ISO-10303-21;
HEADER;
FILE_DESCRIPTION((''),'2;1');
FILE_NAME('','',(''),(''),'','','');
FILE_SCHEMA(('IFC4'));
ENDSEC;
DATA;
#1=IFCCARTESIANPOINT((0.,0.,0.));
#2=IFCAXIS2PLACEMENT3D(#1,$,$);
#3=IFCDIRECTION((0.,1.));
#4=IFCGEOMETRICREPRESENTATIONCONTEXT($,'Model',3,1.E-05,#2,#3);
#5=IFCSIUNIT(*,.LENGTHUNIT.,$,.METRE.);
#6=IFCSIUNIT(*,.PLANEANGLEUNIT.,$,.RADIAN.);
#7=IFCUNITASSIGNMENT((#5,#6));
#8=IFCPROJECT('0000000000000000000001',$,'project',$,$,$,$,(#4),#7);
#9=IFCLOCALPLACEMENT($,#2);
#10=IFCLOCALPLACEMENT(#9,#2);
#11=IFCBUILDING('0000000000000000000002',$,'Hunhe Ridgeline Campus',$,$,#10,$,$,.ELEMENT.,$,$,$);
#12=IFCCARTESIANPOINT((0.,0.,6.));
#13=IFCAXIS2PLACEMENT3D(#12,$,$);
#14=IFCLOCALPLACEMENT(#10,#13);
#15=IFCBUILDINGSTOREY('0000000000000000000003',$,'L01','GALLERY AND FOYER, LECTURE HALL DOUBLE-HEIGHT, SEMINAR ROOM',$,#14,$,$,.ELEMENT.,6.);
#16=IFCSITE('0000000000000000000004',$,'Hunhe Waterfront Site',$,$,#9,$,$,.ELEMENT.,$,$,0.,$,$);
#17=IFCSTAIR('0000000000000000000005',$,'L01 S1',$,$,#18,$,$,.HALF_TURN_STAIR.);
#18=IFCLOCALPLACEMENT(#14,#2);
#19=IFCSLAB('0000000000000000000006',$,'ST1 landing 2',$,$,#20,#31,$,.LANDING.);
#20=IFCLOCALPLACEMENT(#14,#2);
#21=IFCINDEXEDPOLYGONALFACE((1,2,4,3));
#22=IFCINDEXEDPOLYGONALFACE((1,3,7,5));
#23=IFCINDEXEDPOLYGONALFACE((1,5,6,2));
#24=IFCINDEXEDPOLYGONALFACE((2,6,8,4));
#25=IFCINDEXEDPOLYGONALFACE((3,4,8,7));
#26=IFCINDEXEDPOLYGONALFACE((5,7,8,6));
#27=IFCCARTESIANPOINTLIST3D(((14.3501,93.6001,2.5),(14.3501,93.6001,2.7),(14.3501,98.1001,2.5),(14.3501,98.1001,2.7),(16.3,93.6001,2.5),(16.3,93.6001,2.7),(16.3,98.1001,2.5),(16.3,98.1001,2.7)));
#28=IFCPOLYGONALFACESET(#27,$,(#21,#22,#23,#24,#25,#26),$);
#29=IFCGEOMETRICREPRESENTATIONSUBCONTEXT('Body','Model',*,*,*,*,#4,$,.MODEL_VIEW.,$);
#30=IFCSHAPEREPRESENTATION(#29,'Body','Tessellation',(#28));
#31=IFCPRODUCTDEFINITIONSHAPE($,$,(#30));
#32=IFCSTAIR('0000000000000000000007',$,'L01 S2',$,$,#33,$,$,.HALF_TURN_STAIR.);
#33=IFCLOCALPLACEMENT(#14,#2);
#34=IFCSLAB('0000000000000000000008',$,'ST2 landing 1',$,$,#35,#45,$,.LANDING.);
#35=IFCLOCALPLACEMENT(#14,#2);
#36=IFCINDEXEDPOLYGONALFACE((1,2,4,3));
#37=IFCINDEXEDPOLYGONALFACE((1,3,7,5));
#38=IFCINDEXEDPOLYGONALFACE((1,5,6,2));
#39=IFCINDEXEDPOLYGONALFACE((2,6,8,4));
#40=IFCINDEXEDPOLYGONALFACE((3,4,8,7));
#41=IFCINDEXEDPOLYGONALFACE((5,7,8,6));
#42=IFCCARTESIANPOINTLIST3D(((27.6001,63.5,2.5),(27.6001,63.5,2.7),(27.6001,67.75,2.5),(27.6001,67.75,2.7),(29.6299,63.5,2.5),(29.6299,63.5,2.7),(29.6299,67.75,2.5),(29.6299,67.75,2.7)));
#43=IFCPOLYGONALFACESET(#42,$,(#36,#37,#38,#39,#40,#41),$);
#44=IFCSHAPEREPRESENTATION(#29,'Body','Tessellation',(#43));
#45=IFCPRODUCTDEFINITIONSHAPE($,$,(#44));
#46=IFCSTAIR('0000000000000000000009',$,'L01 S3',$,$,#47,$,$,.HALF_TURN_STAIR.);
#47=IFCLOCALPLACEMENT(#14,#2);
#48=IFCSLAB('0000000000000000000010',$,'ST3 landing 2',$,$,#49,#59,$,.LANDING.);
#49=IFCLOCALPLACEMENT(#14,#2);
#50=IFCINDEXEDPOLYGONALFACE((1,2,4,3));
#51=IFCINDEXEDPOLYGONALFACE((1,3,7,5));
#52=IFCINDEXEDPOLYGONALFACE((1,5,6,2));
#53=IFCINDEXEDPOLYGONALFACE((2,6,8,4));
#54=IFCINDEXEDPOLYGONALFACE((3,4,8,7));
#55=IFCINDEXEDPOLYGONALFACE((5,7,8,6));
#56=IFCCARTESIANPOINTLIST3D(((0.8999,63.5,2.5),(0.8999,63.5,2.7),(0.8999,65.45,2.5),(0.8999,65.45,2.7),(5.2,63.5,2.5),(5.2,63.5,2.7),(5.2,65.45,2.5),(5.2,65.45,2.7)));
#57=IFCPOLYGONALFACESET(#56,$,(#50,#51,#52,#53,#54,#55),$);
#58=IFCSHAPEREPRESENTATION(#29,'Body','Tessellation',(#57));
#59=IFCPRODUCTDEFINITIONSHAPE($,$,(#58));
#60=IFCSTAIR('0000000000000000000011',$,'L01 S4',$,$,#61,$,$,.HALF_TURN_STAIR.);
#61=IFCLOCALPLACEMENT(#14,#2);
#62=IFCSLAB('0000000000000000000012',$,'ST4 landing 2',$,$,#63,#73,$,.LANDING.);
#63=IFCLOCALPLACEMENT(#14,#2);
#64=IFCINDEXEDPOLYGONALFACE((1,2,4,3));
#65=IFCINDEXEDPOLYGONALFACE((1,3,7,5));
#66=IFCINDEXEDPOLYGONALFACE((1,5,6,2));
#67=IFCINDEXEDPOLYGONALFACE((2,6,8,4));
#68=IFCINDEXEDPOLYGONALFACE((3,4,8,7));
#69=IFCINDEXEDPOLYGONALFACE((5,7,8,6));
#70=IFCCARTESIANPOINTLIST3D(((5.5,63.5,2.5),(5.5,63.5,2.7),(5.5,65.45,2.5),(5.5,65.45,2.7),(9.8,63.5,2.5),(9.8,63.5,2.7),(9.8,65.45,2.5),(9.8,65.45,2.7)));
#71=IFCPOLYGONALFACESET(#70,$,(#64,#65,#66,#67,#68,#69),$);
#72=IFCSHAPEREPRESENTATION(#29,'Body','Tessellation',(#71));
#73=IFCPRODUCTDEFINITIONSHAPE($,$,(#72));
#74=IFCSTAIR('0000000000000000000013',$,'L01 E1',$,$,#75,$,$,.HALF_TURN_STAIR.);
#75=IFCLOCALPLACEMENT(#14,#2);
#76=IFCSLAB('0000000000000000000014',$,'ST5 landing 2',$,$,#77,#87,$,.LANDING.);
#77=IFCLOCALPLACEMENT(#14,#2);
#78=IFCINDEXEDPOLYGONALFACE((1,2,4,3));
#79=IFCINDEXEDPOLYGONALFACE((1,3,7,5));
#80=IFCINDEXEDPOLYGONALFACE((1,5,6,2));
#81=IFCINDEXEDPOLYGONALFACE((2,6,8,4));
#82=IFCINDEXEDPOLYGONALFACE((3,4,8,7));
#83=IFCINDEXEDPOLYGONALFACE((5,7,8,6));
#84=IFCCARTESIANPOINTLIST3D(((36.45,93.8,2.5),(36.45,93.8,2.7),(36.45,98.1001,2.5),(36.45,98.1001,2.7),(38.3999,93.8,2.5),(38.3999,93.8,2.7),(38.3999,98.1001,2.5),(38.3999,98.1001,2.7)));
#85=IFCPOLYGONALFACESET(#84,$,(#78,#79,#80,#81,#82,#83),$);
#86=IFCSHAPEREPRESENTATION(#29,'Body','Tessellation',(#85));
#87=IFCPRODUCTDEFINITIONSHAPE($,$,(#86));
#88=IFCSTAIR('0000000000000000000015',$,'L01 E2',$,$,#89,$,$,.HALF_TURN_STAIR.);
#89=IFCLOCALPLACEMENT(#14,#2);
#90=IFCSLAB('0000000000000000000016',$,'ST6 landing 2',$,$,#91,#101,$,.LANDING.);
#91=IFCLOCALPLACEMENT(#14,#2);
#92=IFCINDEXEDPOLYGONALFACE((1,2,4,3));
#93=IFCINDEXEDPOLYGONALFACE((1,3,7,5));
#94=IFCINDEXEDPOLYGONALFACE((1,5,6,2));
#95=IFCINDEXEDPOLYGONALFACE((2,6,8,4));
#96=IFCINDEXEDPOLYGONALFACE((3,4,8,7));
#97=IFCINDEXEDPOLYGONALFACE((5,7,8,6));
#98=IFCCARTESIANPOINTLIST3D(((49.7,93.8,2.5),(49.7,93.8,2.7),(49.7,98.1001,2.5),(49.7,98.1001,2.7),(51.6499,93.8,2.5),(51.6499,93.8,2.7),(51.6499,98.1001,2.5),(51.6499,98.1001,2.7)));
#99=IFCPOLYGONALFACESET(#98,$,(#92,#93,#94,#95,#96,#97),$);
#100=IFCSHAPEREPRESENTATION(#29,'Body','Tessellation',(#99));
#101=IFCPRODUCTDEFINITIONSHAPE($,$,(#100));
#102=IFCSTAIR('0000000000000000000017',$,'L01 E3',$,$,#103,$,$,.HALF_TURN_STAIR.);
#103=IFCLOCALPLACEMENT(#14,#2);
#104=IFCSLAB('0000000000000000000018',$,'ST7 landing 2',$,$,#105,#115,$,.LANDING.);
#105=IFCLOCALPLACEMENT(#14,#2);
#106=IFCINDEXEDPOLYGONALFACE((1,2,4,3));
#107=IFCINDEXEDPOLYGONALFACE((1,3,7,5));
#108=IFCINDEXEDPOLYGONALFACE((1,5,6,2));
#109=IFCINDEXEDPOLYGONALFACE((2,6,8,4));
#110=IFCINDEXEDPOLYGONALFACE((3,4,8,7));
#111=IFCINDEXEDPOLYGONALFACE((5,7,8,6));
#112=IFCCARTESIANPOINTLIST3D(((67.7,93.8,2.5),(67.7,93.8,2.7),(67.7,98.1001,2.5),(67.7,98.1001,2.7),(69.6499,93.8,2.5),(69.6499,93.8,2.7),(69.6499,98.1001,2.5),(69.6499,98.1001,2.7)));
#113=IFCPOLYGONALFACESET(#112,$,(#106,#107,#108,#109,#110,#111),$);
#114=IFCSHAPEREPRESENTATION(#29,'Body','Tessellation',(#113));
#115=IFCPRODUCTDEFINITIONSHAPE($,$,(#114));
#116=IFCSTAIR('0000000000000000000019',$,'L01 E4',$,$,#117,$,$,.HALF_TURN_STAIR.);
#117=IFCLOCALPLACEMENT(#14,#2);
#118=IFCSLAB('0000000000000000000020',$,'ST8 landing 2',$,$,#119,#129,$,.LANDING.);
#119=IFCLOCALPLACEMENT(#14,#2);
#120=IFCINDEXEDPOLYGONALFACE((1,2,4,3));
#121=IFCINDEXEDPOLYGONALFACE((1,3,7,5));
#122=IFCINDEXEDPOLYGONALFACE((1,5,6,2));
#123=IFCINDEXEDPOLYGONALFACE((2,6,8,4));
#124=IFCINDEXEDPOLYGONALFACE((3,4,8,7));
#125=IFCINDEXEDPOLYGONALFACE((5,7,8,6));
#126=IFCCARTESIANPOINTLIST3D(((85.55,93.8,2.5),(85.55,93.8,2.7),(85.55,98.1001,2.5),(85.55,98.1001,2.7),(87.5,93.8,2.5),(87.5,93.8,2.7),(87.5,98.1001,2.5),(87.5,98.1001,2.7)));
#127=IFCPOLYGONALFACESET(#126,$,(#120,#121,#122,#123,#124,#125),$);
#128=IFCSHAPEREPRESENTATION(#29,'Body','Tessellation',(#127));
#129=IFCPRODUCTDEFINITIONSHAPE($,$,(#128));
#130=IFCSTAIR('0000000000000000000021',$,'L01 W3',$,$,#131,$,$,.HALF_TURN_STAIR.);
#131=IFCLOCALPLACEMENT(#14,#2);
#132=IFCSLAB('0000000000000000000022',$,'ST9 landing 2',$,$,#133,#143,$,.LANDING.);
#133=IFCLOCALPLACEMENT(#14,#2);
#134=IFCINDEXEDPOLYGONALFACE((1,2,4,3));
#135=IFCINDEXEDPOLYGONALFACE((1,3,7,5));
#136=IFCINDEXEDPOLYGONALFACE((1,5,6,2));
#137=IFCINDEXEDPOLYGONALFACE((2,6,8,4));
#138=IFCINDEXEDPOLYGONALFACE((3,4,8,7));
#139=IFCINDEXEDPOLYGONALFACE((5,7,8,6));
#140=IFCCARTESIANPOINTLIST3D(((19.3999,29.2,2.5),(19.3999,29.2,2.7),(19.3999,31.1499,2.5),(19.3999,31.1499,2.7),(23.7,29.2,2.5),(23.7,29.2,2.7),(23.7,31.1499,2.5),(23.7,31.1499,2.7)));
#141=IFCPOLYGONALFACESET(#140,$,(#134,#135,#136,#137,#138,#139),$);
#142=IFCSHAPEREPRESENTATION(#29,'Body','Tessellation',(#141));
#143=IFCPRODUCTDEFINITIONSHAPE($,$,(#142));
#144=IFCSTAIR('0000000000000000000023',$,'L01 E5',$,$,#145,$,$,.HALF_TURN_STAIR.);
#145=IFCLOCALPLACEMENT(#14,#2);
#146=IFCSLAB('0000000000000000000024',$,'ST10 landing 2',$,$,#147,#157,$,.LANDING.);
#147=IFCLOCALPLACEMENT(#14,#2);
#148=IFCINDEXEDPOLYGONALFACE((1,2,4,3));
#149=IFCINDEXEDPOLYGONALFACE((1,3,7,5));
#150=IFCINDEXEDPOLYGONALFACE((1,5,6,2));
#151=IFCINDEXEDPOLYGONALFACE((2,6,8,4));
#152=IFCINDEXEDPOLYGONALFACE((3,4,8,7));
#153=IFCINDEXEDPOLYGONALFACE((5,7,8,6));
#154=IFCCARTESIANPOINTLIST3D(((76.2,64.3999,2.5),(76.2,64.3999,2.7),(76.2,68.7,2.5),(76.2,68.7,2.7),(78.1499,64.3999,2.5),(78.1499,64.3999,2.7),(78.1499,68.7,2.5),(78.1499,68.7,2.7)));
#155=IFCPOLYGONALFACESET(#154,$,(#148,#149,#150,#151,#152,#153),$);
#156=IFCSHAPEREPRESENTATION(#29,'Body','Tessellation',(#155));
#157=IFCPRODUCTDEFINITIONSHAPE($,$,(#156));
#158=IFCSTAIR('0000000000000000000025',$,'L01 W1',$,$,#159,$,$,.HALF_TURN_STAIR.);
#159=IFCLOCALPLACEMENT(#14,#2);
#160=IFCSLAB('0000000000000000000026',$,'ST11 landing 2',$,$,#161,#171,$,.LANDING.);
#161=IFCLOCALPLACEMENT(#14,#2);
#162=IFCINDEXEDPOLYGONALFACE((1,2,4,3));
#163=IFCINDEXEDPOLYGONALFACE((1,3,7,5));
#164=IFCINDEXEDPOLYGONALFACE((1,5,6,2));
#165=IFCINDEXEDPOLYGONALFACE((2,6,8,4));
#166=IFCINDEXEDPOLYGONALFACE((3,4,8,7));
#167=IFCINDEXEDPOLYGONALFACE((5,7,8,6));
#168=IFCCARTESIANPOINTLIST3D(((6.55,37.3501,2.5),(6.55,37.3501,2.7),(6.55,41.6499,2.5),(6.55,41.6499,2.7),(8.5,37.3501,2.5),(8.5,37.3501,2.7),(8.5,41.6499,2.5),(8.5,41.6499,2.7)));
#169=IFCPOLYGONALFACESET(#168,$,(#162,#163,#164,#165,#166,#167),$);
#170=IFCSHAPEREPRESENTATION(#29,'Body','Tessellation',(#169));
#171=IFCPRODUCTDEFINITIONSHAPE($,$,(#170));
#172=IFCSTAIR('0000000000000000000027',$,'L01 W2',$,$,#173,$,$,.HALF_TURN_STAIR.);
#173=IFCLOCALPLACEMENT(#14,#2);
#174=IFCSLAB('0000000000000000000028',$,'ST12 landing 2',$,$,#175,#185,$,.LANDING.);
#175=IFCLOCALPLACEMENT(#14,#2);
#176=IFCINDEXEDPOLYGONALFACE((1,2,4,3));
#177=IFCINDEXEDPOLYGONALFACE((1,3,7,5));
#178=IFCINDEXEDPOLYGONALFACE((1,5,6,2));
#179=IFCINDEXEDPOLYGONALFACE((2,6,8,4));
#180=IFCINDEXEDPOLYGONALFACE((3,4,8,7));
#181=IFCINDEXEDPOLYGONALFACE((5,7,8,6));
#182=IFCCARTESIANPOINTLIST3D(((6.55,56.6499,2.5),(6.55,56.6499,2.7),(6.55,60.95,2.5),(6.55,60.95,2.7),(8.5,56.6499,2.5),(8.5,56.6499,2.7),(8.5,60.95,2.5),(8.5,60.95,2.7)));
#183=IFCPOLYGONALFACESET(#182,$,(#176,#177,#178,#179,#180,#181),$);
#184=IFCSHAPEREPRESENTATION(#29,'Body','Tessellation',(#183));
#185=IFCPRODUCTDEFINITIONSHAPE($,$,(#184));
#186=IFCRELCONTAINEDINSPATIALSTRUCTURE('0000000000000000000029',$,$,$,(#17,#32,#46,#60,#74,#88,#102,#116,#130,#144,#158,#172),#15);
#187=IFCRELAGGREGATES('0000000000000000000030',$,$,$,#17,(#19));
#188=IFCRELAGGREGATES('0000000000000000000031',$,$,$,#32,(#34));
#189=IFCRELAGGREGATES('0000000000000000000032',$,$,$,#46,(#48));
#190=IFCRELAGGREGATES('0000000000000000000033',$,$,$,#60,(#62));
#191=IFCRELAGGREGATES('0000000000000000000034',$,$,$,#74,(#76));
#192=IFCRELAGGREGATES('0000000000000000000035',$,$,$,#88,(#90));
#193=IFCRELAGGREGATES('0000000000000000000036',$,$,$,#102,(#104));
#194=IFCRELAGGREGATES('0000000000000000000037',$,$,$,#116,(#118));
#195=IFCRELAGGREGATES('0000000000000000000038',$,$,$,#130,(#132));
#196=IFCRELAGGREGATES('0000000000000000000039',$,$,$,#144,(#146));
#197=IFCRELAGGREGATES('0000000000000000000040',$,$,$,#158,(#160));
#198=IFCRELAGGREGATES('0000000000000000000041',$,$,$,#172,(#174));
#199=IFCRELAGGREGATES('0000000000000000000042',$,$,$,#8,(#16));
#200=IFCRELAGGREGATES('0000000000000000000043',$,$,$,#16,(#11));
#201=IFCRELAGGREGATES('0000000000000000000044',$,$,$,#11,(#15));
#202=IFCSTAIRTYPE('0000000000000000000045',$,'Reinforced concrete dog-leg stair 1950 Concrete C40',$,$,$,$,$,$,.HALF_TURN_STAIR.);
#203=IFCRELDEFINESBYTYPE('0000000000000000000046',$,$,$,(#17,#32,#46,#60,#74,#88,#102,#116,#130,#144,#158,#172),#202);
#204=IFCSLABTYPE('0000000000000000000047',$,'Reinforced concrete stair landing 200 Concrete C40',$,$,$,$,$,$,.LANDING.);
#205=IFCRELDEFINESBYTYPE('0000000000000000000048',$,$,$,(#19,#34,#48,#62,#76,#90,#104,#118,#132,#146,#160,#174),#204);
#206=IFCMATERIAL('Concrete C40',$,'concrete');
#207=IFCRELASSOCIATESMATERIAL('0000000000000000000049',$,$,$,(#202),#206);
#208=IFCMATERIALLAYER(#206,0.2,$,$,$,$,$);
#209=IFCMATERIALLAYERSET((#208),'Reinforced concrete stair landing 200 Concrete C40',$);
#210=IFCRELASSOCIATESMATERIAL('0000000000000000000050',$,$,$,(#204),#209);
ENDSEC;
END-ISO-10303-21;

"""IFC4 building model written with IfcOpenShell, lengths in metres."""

from ifc_helpers import new_model, si_unit, direction, frame, origin, place, context, subcontext, project, spatial, polyline, outline, extrude, material, layer, layer_set, type_object, element, aggregate, save


model = new_model("IFC4")

# Units and contexts
model_context = context("Model", 3, precision=1e-05, world=origin(), true_north=direction((0.0, 1.0)))
body_context = subcontext(model_context, "Body", "Model", "MODEL_VIEW")
ifc_project = project(units=[si_unit("LENGTHUNIT", "METRE"), si_unit("PLANEANGLEUNIT", "RADIAN")], contexts=[model_context])

# Site, building, storey
site_placement = place(None, origin())
site = spatial("IfcSite", under=ifc_project, at=site_placement, Name="Hunhe Waterfront Site", CompositionType="ELEMENT", RefElevation=0.0)
building_placement = place(site_placement, origin())
building = spatial("IfcBuilding", under=site, at=building_placement, Name="Hunhe Ridgeline Campus", CompositionType="ELEMENT")
storey_placement = place(building_placement, frame((0.0, 0.0, 6.0)))
storey = spatial("IfcBuildingStorey", under=building, at=storey_placement, Name="L01", Description="GALLERY AND FOYER, LECTURE HALL DOUBLE-HEIGHT, SEMINAR ROOM", CompositionType="ELEMENT", Elevation=6.0)

# Shared definitions
ifc_material = material(Name="Concrete C40", Category="concrete")

# Stairs, slabs
stair_type_1 = type_object("IfcStairType", Name="Reinforced concrete dog-leg stair 1950 Concrete C40", PredefinedType="HALF_TURN_STAIR", material=ifc_material)
stair_1_placement = place(storey_placement, origin())
stair_1 = element("IfcStair", 1, at=stair_1_placement, inside=storey, type_object=stair_type_1, Name="L01 S1", PredefinedType="HALF_TURN_STAIR")
ifc_layer_1 = layer(ifc_material, 0.2)
ifc_layer_set_1 = layer_set([ifc_layer_1], Name="Reinforced concrete stair landing 200 Concrete C40")
slab_type_1 = type_object("IfcSlabType", Name="Reinforced concrete stair landing 200 Concrete C40", PredefinedType="LANDING", material=ifc_layer_set_1)
slab_1_placement = place(storey_placement, frame((0.0, 0.0, 2.5)))
slab_1 = element("IfcSlab", 2, at=slab_1_placement, type_object=slab_type_1, Name="ST1 landing 2", PredefinedType="LANDING", context=body_context, shape_type="SweptSolid", body=[
    extrude(outline(polyline([(14.3501, 93.6001), (16.3, 93.6001), (16.3, 98.1001), (14.3501, 98.1001), (14.3501, 93.6001)])), origin(), (0.0, 0.0, 1.0), 0.2),
])
aggregate(stair_1, [slab_1])
stair_2_placement = place(storey_placement, origin())
stair_2 = element("IfcStair", 3, at=stair_2_placement, inside=storey, type_object=stair_type_1, Name="L01 S2", PredefinedType="HALF_TURN_STAIR")
slab_2_placement = place(storey_placement, frame((0.0, 0.0, 2.5)))
slab_2 = element("IfcSlab", 4, at=slab_2_placement, type_object=slab_type_1, Name="ST2 landing 1", PredefinedType="LANDING", context=body_context, shape_type="SweptSolid", body=[
    extrude(outline(polyline([(29.6299, 67.75), (27.6001, 67.75), (27.6001, 63.5), (29.6299, 63.5), (29.6299, 67.75)])), origin(), (0.0, 0.0, 1.0), 0.2),
])
aggregate(stair_2, [slab_2])
stair_3_placement = place(storey_placement, origin())
stair_3 = element("IfcStair", 5, at=stair_3_placement, inside=storey, type_object=stair_type_1, Name="L01 S3", PredefinedType="HALF_TURN_STAIR")
slab_3_placement = place(storey_placement, frame((0.0, 0.0, 2.5)))
slab_3 = element("IfcSlab", 6, at=slab_3_placement, type_object=slab_type_1, Name="ST3 landing 2", PredefinedType="LANDING", context=body_context, shape_type="SweptSolid", body=[
    extrude(outline(polyline([(5.2, 63.5), (5.2, 65.45), (0.8999, 65.45), (0.8999, 63.5), (5.2, 63.5)])), origin(), (0.0, 0.0, 1.0), 0.2),
])
aggregate(stair_3, [slab_3])
stair_4_placement = place(storey_placement, origin())
stair_4 = element("IfcStair", 7, at=stair_4_placement, inside=storey, type_object=stair_type_1, Name="L01 S4", PredefinedType="HALF_TURN_STAIR")
slab_4_placement = place(storey_placement, frame((0.0, 0.0, 2.5)))
slab_4 = element("IfcSlab", 8, at=slab_4_placement, type_object=slab_type_1, Name="ST4 landing 2", PredefinedType="LANDING", context=body_context, shape_type="SweptSolid", body=[
    extrude(outline(polyline([(9.8, 63.5), (9.8, 65.45), (5.5, 65.45), (5.5, 63.5), (9.8, 63.5)])), origin(), (0.0, 0.0, 1.0), 0.2),
])
aggregate(stair_4, [slab_4])
stair_5_placement = place(storey_placement, origin())
stair_5 = element("IfcStair", 9, at=stair_5_placement, inside=storey, type_object=stair_type_1, Name="L01 E1", PredefinedType="HALF_TURN_STAIR")
slab_5_placement = place(storey_placement, frame((0.0, 0.0, 2.5)))
slab_5 = element("IfcSlab", 10, at=slab_5_placement, type_object=slab_type_1, Name="ST5 landing 2", PredefinedType="LANDING", context=body_context, shape_type="SweptSolid", body=[
    extrude(outline(polyline([(36.45, 93.8), (38.3999, 93.8), (38.3999, 98.1001), (36.45, 98.1001), (36.45, 93.8)])), origin(), (0.0, 0.0, 1.0), 0.2),
])
aggregate(stair_5, [slab_5])
stair_6_placement = place(storey_placement, origin())
stair_6 = element("IfcStair", 11, at=stair_6_placement, inside=storey, type_object=stair_type_1, Name="L01 E2", PredefinedType="HALF_TURN_STAIR")
slab_6_placement = place(storey_placement, frame((0.0, 0.0, 2.5)))
slab_6 = element("IfcSlab", 12, at=slab_6_placement, type_object=slab_type_1, Name="ST6 landing 2", PredefinedType="LANDING", context=body_context, shape_type="SweptSolid", body=[
    extrude(outline(polyline([(49.7, 93.8), (51.6499, 93.8), (51.6499, 98.1001), (49.7, 98.1001), (49.7, 93.8)])), origin(), (0.0, 0.0, 1.0), 0.2),
])
aggregate(stair_6, [slab_6])
stair_7_placement = place(storey_placement, origin())
stair_7 = element("IfcStair", 13, at=stair_7_placement, inside=storey, type_object=stair_type_1, Name="L01 E3", PredefinedType="HALF_TURN_STAIR")
slab_7_placement = place(storey_placement, frame((0.0, 0.0, 2.5)))
slab_7 = element("IfcSlab", 14, at=slab_7_placement, type_object=slab_type_1, Name="ST7 landing 2", PredefinedType="LANDING", context=body_context, shape_type="SweptSolid", body=[
    extrude(outline(polyline([(67.7, 93.8), (69.6499, 93.8), (69.6499, 98.1001), (67.7, 98.1001), (67.7, 93.8)])), origin(), (0.0, 0.0, 1.0), 0.2),
])
aggregate(stair_7, [slab_7])
stair_8_placement = place(storey_placement, origin())
stair_8 = element("IfcStair", 15, at=stair_8_placement, inside=storey, type_object=stair_type_1, Name="L01 E4", PredefinedType="HALF_TURN_STAIR")
slab_8_placement = place(storey_placement, frame((0.0, 0.0, 2.5)))
slab_8 = element("IfcSlab", 16, at=slab_8_placement, type_object=slab_type_1, Name="ST8 landing 2", PredefinedType="LANDING", context=body_context, shape_type="SweptSolid", body=[
    extrude(outline(polyline([(85.55, 93.8), (87.5, 93.8), (87.5, 98.1001), (85.55, 98.1001), (85.55, 93.8)])), origin(), (0.0, 0.0, 1.0), 0.2),
])
aggregate(stair_8, [slab_8])
stair_9_placement = place(storey_placement, origin())
stair_9 = element("IfcStair", 17, at=stair_9_placement, inside=storey, type_object=stair_type_1, Name="L01 W3", PredefinedType="HALF_TURN_STAIR")
slab_9_placement = place(storey_placement, frame((0.0, 0.0, 2.5)))
slab_9 = element("IfcSlab", 18, at=slab_9_placement, type_object=slab_type_1, Name="ST9 landing 2", PredefinedType="LANDING", context=body_context, shape_type="SweptSolid", body=[
    extrude(outline(polyline([(23.7, 29.2), (23.7, 31.1499), (19.3999, 31.1499), (19.3999, 29.2), (23.7, 29.2)])), origin(), (0.0, 0.0, 1.0), 0.2),
])
aggregate(stair_9, [slab_9])
stair_10_placement = place(storey_placement, origin())
stair_10 = element("IfcStair", 19, at=stair_10_placement, inside=storey, type_object=stair_type_1, Name="L01 E5", PredefinedType="HALF_TURN_STAIR")
slab_10_placement = place(storey_placement, frame((0.0, 0.0, 2.5)))
slab_10 = element("IfcSlab", 20, at=slab_10_placement, type_object=slab_type_1, Name="ST10 landing 2", PredefinedType="LANDING", context=body_context, shape_type="SweptSolid", body=[
    extrude(outline(polyline([(76.2, 64.3999), (78.1499, 64.3999), (78.1499, 68.7), (76.2, 68.7), (76.2, 64.3999)])), origin(), (0.0, 0.0, 1.0), 0.2),
])
aggregate(stair_10, [slab_10])
stair_11_placement = place(storey_placement, origin())
stair_11 = element("IfcStair", 21, at=stair_11_placement, inside=storey, type_object=stair_type_1, Name="L01 W1", PredefinedType="HALF_TURN_STAIR")
slab_11_placement = place(storey_placement, frame((0.0, 0.0, 2.5)))
slab_11 = element("IfcSlab", 22, at=slab_11_placement, type_object=slab_type_1, Name="ST11 landing 2", PredefinedType="LANDING", context=body_context, shape_type="SweptSolid", body=[
    extrude(outline(polyline([(8.5, 41.6499), (6.55, 41.6499), (6.55, 37.3501), (8.5, 37.3501), (8.5, 41.6499)])), origin(), (0.0, 0.0, 1.0), 0.2),
])
aggregate(stair_11, [slab_11])
stair_12_placement = place(storey_placement, origin())
stair_12 = element("IfcStair", 23, at=stair_12_placement, inside=storey, type_object=stair_type_1, Name="L01 W2", PredefinedType="HALF_TURN_STAIR")
slab_12_placement = place(storey_placement, frame((0.0, 0.0, 2.5)))
slab_12 = element("IfcSlab", 24, at=slab_12_placement, type_object=slab_type_1, Name="ST12 landing 2", PredefinedType="LANDING", context=body_context, shape_type="SweptSolid", body=[
    extrude(outline(polyline([(8.5, 60.95), (6.55, 60.95), (6.55, 56.6499), (8.5, 56.6499), (8.5, 60.95)])), origin(), (0.0, 0.0, 1.0), 0.2),
])
aggregate(stair_12, [slab_12])

save(model, "model.ifc")
